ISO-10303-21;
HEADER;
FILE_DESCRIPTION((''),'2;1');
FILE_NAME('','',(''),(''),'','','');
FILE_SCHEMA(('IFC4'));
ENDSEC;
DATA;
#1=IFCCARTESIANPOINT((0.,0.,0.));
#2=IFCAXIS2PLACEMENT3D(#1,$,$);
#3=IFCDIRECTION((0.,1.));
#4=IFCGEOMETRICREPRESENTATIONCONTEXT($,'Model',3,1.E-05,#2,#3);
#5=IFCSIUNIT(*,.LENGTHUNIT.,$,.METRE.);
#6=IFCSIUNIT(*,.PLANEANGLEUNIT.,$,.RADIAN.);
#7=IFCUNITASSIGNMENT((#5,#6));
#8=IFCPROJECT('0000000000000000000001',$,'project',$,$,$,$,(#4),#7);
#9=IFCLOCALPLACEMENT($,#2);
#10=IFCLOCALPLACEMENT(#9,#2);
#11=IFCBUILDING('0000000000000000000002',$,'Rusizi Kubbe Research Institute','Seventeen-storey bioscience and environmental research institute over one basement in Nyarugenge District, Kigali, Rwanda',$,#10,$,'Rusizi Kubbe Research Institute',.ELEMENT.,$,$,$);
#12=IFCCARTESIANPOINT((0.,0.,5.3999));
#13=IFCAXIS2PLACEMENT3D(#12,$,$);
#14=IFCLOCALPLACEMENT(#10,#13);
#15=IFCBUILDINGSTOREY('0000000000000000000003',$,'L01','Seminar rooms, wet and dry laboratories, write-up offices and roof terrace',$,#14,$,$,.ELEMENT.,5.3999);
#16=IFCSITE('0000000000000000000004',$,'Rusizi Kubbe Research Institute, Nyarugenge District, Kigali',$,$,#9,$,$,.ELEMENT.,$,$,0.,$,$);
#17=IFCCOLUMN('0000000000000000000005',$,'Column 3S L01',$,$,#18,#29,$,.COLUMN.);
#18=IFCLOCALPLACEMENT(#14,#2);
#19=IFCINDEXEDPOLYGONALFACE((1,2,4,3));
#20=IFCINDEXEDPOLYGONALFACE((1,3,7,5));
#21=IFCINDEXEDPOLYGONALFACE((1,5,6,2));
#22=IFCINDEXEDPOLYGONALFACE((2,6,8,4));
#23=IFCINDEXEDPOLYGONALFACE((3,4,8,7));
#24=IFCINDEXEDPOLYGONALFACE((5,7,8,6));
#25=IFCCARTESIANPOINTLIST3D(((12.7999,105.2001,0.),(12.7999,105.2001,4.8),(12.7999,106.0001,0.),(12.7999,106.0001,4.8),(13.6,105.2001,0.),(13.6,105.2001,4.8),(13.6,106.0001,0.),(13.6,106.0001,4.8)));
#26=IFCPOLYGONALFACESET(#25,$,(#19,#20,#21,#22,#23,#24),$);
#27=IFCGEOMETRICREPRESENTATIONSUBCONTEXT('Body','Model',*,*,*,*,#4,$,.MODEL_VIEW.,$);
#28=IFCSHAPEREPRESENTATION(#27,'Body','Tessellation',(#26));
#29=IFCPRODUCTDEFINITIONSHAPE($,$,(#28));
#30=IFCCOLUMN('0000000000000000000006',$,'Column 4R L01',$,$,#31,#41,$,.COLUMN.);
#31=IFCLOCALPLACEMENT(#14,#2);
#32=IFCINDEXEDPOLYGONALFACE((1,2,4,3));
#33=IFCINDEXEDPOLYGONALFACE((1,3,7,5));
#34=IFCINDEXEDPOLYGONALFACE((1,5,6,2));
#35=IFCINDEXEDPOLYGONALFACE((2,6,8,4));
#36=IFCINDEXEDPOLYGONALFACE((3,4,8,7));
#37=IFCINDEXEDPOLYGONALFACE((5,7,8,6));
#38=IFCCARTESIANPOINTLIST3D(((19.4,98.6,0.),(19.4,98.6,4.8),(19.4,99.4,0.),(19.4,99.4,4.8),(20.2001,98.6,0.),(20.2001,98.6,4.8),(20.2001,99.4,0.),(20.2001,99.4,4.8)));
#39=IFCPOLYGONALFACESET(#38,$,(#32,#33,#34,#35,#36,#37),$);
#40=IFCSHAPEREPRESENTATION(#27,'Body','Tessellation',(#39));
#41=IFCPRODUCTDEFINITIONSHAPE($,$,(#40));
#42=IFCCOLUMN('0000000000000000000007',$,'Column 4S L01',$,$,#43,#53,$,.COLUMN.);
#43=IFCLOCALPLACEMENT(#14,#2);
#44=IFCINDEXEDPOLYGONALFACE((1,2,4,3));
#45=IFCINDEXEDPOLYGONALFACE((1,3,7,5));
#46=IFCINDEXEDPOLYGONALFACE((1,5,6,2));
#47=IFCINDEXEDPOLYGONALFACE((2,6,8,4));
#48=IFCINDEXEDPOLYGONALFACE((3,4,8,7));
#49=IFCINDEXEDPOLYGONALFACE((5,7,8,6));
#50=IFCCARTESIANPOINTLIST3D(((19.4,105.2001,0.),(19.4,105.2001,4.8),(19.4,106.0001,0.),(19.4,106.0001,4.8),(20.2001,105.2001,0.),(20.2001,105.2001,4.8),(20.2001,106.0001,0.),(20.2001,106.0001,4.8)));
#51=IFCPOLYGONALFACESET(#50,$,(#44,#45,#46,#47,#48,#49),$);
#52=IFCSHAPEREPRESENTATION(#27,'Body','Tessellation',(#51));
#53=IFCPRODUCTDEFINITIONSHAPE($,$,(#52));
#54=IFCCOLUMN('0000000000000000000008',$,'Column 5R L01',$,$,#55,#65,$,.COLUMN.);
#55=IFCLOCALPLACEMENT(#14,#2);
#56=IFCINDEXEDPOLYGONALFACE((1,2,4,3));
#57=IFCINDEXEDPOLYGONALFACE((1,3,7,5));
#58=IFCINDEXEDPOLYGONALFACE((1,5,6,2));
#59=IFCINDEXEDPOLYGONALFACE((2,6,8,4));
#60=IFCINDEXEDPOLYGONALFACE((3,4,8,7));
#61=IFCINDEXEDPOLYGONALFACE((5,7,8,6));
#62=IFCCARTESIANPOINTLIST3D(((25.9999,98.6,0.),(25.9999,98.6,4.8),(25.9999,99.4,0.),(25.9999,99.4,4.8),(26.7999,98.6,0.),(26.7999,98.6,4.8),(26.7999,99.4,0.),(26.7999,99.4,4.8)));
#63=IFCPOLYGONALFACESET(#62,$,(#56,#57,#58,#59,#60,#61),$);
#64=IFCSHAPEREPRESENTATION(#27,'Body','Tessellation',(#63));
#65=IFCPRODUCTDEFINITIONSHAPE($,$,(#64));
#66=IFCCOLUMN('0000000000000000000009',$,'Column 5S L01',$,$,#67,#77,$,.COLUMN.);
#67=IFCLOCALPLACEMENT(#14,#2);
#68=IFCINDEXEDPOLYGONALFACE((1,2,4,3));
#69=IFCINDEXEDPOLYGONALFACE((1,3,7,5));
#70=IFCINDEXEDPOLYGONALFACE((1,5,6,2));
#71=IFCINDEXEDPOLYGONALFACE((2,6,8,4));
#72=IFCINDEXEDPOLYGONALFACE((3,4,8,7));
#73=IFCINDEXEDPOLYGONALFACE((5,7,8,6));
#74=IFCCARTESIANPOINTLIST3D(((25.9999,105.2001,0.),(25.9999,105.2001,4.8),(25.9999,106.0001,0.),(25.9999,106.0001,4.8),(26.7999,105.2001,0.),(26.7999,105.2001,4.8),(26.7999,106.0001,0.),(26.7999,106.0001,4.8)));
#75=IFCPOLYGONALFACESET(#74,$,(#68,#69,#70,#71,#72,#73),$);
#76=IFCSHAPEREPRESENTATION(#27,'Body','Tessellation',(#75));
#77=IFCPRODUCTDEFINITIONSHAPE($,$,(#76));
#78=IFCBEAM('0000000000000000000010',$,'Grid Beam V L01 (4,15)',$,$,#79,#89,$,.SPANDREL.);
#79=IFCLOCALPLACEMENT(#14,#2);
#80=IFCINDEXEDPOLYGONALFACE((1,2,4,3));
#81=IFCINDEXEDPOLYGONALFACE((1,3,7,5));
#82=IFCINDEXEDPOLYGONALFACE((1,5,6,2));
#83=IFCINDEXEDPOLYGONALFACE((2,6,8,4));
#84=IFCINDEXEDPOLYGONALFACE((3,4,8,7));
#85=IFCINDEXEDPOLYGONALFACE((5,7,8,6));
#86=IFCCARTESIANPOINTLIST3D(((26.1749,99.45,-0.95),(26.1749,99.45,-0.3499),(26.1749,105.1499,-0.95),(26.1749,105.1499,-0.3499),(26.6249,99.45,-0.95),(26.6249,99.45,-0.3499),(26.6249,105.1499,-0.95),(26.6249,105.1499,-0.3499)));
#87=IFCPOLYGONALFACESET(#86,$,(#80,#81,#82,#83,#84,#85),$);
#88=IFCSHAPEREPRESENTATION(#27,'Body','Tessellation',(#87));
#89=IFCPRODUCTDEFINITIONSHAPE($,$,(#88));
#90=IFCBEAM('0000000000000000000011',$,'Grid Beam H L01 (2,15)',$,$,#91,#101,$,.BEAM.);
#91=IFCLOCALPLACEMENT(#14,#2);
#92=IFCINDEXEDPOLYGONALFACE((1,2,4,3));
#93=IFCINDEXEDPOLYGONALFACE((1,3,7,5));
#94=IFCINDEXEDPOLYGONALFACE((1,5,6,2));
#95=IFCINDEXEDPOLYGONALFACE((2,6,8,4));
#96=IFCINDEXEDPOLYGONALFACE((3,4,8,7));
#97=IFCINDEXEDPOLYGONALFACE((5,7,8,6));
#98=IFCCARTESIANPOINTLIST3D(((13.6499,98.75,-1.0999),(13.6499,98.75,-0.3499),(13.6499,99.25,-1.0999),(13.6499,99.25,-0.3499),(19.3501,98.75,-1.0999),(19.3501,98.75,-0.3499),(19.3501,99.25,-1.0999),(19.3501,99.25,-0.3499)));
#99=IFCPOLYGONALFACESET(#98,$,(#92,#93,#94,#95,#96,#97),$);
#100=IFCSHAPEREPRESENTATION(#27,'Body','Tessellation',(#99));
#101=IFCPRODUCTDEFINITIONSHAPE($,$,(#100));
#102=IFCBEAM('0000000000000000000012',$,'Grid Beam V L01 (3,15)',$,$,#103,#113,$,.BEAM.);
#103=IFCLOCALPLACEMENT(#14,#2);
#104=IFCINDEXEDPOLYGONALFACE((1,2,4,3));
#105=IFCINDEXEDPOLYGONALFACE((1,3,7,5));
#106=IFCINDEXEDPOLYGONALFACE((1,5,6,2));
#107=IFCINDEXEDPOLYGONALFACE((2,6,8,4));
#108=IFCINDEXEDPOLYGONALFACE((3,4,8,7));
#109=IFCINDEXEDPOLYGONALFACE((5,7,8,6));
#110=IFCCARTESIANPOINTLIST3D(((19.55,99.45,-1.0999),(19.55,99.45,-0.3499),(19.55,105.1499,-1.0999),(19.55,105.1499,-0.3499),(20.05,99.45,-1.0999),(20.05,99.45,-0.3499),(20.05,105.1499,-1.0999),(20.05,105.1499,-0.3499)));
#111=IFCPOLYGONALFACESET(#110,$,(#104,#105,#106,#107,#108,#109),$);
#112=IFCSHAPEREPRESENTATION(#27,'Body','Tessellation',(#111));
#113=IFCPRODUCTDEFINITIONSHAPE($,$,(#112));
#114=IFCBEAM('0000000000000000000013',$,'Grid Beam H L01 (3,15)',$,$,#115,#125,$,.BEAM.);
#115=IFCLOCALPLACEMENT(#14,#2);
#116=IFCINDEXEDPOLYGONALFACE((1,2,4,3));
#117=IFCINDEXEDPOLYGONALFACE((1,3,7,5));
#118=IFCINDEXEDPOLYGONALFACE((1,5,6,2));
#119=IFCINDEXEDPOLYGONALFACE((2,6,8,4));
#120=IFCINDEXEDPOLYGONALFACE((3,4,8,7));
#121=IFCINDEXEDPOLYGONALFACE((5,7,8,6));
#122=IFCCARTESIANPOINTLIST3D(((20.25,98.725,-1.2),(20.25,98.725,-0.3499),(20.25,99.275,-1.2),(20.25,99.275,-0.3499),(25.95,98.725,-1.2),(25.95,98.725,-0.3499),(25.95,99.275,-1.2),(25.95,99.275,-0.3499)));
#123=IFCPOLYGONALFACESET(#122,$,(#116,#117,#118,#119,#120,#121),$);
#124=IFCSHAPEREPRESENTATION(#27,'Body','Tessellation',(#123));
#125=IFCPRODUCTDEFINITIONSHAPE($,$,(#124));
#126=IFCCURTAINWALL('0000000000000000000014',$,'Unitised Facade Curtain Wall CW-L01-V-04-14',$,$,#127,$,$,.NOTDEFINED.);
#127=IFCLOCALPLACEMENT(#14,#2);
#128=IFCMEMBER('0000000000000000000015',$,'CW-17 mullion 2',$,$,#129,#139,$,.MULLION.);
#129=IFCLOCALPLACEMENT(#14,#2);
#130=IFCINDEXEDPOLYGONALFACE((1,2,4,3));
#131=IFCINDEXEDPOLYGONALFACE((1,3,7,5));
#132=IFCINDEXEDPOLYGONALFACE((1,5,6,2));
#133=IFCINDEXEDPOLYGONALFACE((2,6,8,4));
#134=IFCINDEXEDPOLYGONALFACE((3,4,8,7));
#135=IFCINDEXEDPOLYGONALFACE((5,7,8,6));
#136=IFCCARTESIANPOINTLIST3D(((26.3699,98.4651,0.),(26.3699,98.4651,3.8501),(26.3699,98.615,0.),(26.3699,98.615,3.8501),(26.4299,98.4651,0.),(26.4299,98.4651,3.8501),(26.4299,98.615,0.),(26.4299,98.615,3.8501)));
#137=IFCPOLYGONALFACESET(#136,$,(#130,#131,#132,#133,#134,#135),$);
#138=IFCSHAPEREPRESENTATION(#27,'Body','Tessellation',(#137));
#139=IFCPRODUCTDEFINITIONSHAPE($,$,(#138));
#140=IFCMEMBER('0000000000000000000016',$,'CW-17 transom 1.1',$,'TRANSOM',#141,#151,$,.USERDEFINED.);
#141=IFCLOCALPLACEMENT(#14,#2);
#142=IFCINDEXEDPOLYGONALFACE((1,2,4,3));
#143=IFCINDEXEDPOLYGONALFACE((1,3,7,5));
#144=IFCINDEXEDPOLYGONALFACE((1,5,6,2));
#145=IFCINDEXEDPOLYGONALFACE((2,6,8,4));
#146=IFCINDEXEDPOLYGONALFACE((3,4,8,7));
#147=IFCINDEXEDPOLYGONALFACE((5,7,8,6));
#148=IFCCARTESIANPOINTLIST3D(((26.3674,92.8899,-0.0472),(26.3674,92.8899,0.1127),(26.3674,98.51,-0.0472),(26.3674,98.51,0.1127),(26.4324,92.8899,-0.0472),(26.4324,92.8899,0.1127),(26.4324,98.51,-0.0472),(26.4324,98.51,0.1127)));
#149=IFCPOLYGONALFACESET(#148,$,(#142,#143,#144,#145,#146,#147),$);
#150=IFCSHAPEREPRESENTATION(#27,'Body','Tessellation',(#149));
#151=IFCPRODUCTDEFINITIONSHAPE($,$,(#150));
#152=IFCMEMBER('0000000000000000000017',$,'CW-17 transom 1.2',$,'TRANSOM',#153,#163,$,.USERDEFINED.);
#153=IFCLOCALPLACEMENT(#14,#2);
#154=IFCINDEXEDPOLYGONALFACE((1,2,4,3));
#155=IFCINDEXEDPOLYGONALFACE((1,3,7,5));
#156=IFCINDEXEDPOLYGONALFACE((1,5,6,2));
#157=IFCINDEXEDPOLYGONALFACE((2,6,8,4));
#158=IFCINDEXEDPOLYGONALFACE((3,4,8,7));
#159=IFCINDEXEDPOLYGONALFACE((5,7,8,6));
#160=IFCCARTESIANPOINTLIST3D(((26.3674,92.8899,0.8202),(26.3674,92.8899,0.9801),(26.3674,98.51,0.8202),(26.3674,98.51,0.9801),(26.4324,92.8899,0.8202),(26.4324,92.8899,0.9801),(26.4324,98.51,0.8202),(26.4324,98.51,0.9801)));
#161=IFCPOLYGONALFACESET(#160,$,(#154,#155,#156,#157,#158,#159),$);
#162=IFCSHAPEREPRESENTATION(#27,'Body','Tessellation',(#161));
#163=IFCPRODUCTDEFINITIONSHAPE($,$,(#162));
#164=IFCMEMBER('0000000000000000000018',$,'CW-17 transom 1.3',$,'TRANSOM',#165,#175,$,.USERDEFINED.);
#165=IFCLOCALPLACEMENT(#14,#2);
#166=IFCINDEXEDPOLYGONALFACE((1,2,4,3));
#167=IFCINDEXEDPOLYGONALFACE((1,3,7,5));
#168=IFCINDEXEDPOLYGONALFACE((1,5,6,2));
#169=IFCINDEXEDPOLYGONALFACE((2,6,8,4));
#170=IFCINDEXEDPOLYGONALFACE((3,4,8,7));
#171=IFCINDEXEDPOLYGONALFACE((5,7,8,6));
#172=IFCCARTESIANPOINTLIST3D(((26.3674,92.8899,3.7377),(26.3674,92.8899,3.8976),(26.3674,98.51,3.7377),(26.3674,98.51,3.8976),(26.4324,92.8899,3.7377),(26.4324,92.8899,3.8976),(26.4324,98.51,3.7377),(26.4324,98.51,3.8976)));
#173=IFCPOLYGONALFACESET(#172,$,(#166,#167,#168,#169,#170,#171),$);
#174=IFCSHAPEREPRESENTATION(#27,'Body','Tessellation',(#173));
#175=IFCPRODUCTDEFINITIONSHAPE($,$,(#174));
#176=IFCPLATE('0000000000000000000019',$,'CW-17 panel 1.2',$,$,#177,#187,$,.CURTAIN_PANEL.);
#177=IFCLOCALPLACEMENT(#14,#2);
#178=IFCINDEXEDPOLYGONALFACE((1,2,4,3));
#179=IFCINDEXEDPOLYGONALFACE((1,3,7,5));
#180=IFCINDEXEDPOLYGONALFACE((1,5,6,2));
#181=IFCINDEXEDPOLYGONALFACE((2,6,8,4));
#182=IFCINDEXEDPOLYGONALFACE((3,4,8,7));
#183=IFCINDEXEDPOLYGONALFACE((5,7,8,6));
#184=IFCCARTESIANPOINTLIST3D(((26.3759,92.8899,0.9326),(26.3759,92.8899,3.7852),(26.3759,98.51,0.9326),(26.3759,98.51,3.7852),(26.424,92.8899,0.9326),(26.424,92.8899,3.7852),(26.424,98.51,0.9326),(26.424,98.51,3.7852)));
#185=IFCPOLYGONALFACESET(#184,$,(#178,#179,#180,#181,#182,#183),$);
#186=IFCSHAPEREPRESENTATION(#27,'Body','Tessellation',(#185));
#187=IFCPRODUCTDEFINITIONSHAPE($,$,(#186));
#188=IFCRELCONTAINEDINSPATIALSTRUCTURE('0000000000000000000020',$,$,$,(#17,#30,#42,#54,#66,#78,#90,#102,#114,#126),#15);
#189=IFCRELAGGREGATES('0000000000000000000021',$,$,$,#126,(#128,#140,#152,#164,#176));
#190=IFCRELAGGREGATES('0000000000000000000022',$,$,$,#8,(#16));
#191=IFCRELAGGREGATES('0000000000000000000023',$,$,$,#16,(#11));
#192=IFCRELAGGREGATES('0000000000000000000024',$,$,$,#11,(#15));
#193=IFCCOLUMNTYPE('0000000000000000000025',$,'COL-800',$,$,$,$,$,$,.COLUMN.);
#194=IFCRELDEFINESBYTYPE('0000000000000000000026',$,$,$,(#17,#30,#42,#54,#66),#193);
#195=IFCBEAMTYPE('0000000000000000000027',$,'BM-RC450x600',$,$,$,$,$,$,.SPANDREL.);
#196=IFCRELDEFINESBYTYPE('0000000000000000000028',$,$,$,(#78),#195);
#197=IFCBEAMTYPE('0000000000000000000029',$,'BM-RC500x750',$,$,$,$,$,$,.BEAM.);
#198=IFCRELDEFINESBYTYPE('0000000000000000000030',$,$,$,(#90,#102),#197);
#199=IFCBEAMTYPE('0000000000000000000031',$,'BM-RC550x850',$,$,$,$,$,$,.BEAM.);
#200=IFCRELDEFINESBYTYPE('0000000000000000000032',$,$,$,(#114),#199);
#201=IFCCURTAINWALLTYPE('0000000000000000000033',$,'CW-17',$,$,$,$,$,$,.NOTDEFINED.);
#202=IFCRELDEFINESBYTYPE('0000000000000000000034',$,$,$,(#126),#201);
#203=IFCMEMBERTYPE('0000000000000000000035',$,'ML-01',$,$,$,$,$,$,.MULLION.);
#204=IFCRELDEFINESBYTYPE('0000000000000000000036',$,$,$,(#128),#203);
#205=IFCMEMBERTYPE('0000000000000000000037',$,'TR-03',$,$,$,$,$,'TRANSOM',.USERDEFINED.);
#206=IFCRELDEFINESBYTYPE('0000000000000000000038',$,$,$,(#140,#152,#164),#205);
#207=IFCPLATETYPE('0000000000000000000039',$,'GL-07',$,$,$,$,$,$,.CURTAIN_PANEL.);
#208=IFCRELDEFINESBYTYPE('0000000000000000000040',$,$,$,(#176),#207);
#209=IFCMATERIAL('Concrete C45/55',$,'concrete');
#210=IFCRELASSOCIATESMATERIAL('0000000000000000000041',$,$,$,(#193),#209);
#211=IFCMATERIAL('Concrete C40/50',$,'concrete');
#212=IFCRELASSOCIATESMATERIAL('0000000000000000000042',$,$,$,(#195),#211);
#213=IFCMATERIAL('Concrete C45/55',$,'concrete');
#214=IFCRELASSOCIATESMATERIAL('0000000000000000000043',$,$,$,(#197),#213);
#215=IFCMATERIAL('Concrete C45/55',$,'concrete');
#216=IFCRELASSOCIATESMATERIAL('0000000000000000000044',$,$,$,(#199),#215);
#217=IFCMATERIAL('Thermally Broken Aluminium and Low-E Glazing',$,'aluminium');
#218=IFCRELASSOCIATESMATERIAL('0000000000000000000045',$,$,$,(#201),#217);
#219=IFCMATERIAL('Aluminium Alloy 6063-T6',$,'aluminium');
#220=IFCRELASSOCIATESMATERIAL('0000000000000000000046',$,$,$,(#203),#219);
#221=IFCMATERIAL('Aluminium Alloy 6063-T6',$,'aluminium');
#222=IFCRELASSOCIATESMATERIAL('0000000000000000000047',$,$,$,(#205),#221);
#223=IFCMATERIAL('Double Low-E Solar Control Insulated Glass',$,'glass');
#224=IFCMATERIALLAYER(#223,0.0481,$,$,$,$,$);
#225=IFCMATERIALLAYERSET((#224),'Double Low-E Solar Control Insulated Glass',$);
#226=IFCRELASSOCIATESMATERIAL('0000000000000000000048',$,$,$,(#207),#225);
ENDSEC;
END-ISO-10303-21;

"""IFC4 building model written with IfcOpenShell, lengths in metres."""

from ifc_helpers import new_model, si_unit, direction, frame, origin, origin_2d, place, context, subcontext, project, spatial, rectangle, extrude, material, layer, layer_set, material_profile, profile_set, type_object, element, aggregate, save


model = new_model("IFC4")

# Units and contexts
model_context = context("Model", 3, precision=1e-05, world=origin(), true_north=direction((0.0, 1.0)))
body_context = subcontext(model_context, "Body", "Model", "MODEL_VIEW")
ifc_project = project(units=[si_unit("LENGTHUNIT", "METRE"), si_unit("PLANEANGLEUNIT", "RADIAN")], contexts=[model_context])

# Site, building, storey
site_placement = place(None, origin())
site = spatial("IfcSite", under=ifc_project, at=site_placement, Name="Rusizi Kubbe Research Institute, Nyarugenge District, Kigali", CompositionType="ELEMENT", RefElevation=0.0)
building_placement = place(site_placement, origin())
building = spatial("IfcBuilding", under=site, at=building_placement, Name="Rusizi Kubbe Research Institute", Description="Seventeen-storey bioscience and environmental research institute over one basement in Nyarugenge District, Kigali, Rwanda", LongName="Rusizi Kubbe Research Institute", CompositionType="ELEMENT")
storey_placement = place(building_placement, frame((0.0, 0.0, 5.3999)))
storey = spatial("IfcBuildingStorey", under=building, at=storey_placement, Name="L01", Description="Seminar rooms, wet and dry laboratories, write-up offices and roof terrace", CompositionType="ELEMENT", Elevation=5.3999)

# Columns
ifc_material_1 = material(Name="Concrete C45/55", Category="concrete")
ifc_material_profile_1 = material_profile(ifc_material_1, rectangle(XDim=0.8, YDim=0.8, at=origin_2d()), Name="RC800x800")
ifc_profile_set_1 = profile_set([ifc_material_profile_1], Name="Concrete C45/55")
column_type = type_object("IfcColumnType", Name="COL-800", PredefinedType="COLUMN", material=ifc_profile_set_1)
for number, where, z_axis, x_axis, name in (
    (1, (13.2, 105.6001, 0.0), (0.0, 0.0, 1.0), (1.0, 0.0, 0.0), "Column 3S L01"),
    (2, (19.8, 99.0, 0.0), (0.0, 0.0, 1.0), (1.0, 0.0, 0.0), "Column 4R L01"),
    (3, (19.8, 105.6001, 0.0), (0.0, 0.0, 1.0), (1.0, 0.0, 0.0), "Column 4S L01"),
    (4, (26.3999, 99.0, 0.0), (0.0, 0.0, 1.0), (1.0, 0.0, 0.0), "Column 5R L01"),
    (5, (26.3999, 105.6001, 0.0), (0.0, 0.0, 1.0), (1.0, 0.0, 0.0), "Column 5S L01"),
):
    element("IfcColumn", number, at=place(storey_placement, frame(where, z_axis=z_axis, x_axis=x_axis)), inside=storey, type_object=column_type, Name=name, PredefinedType="COLUMN", context=body_context, shape_type="SweptSolid", body=[
        extrude(rectangle(XDim=0.8, YDim=0.8, at=origin_2d()), origin(), (0.0, 0.0, 1.0), 4.8),
    ])

# Beams
ifc_material_2 = material(Name="Concrete C40/50", Category="concrete")
ifc_material_profile_2 = material_profile(ifc_material_2, rectangle(XDim=0.45, YDim=0.6001, at=origin_2d()), Name="RC450x600")
ifc_profile_set_2 = profile_set([ifc_material_profile_2], Name="Concrete C40/50")
beam_type_1 = type_object("IfcBeamType", Name="BM-RC450x600", PredefinedType="SPANDREL", material=ifc_profile_set_2)
beam_1_placement = place(storey_placement, frame((26.3999, 99.45, -0.6499), z_axis=(0.0, 1.0, 0.0), x_axis=(-1.0, 0.0, 0.0)))
element("IfcBeam", 6, at=beam_1_placement, inside=storey, type_object=beam_type_1, Name="Grid Beam V L01 (4,15)", PredefinedType="SPANDREL", context=body_context, shape_type="SweptSolid", body=[
    extrude(rectangle(XDim=0.45, YDim=0.6001, at=origin_2d()), origin(), (0.0, 0.0, 1.0), 5.7),
])
ifc_material_3 = material(Name="Concrete C45/55", Category="concrete")
ifc_material_profile_3 = material_profile(ifc_material_3, rectangle(XDim=0.5, YDim=0.75, at=origin_2d()), Name="RC500x750B")
ifc_profile_set_3 = profile_set([ifc_material_profile_3], Name="Concrete C45/55")
beam_type_2 = type_object("IfcBeamType", Name="BM-RC500x750", PredefinedType="BEAM", material=ifc_profile_set_3)
beam_2_placement = place(storey_placement, frame((13.6499, 99.0, -0.7249), z_axis=(1.0, 0.0, 0.0), x_axis=(0.0, 1.0, 0.0)))
element("IfcBeam", 7, at=beam_2_placement, inside=storey, type_object=beam_type_2, Name="Grid Beam H L01 (2,15)", PredefinedType="BEAM", context=body_context, shape_type="SweptSolid", body=[
    extrude(rectangle(XDim=0.5, YDim=0.75, at=origin_2d()), origin(), (0.0, 0.0, 1.0), 5.7002),
])
beam_3_placement = place(storey_placement, frame((19.8, 99.45, -0.7249), z_axis=(0.0, 1.0, 0.0), x_axis=(-1.0, 0.0, 0.0)))
element("IfcBeam", 8, at=beam_3_placement, inside=storey, type_object=beam_type_2, Name="Grid Beam V L01 (3,15)", PredefinedType="BEAM", context=body_context, shape_type="SweptSolid", body=[
    extrude(rectangle(XDim=0.5, YDim=0.75, at=origin_2d()), origin(), (0.0, 0.0, 1.0), 5.7),
])
ifc_material_4 = material(Name="Concrete C45/55", Category="concrete")
ifc_material_profile_4 = material_profile(ifc_material_4, rectangle(XDim=0.55, YDim=0.8501, at=origin_2d()), Name="RC550x850")
ifc_profile_set_4 = profile_set([ifc_material_profile_4], Name="Concrete C45/55")
beam_type_3 = type_object("IfcBeamType", Name="BM-RC550x850", PredefinedType="BEAM", material=ifc_profile_set_4)
beam_4_placement = place(storey_placement, frame((20.25, 99.0, -0.7749), z_axis=(1.0, 0.0, 0.0), x_axis=(0.0, 1.0, 0.0)))
element("IfcBeam", 9, at=beam_4_placement, inside=storey, type_object=beam_type_3, Name="Grid Beam H L01 (3,15)", PredefinedType="BEAM", context=body_context, shape_type="SweptSolid", body=[
    extrude(rectangle(XDim=0.55, YDim=0.8501, at=origin_2d()), origin(), (0.0, 0.0, 1.0), 5.7),
])

# Curtain wall, members, plate
ifc_material_5 = material(Name="Thermally Broken Aluminium and Low-E Glazing", Category="aluminium")
curtain_wall_type = type_object("IfcCurtainWallType", Name="CW-17", PredefinedType="NOTDEFINED", material=ifc_material_5)
curtain_wall_placement = place(storey_placement, origin())
curtain_wall = element("IfcCurtainWall", 10, at=curtain_wall_placement, inside=storey, type_object=curtain_wall_type, Name="Unitised Facade Curtain Wall CW-L01-V-04-14", PredefinedType="NOTDEFINED")
ifc_material_6 = material(Name="Aluminium Alloy 6063-T6", Category="aluminium")
ifc_material_profile_5 = material_profile(ifc_material_6, rectangle(XDim=0.0601, YDim=0.1499, at=origin_2d()), Name="ALU-M 60x150")
ifc_profile_set_5 = profile_set([ifc_material_profile_5], Name="Aluminium Alloy 6063-T6")
member_type_1 = type_object("IfcMemberType", Name="ML-01", PredefinedType="MULLION", material=ifc_profile_set_5)
member_1_placement = place(storey_placement, frame((26.3999, 98.54, 0.0), z_axis=(0.0, 0.0, 1.0), x_axis=(-1.0, 0.0, 0.0)))
member_1 = element("IfcMember", 11, at=member_1_placement, type_object=member_type_1, Name="CW-17 mullion 2", PredefinedType="MULLION", context=body_context, shape_type="SweptSolid", body=[
    extrude(rectangle(XDim=0.0601, YDim=0.1499, at=origin_2d()), origin(), (0.0, 0.0, 1.0), 3.8501),
])
ifc_material_7 = material(Name="Aluminium Alloy 6063-T6", Category="aluminium")
ifc_material_profile_6 = material_profile(ifc_material_7, rectangle(XDim=0.0649, YDim=0.1599, at=origin_2d()), Name="ALU-T 65x160")
ifc_profile_set_6 = profile_set([ifc_material_profile_6], Name="Aluminium Alloy 6063-T6")
member_type_2 = type_object("IfcMemberType", Name="TR-03", ElementType="TRANSOM", PredefinedType="USERDEFINED", material=ifc_profile_set_6)
member_2_placement = place(storey_placement, frame((26.3999, 92.8899, 0.0327), z_axis=(0.0, 1.0, 0.0), x_axis=(-1.0, 0.0, 0.0)))
member_2 = element("IfcMember", 12, at=member_2_placement, type_object=member_type_2, Name="CW-17 transom 1.1", ObjectType="TRANSOM", PredefinedType="USERDEFINED", context=body_context, shape_type="SweptSolid", body=[
    extrude(rectangle(XDim=0.0649, YDim=0.1599, at=origin_2d()), origin(), (0.0, 0.0, 1.0), 5.6201),
])
member_3_placement = place(storey_placement, frame((26.3999, 92.8899, 0.9001), z_axis=(0.0, 1.0, 0.0), x_axis=(-1.0, 0.0, 0.0)))
member_3 = element("IfcMember", 13, at=member_3_placement, type_object=member_type_2, Name="CW-17 transom 1.2", ObjectType="TRANSOM", PredefinedType="USERDEFINED", context=body_context, shape_type="SweptSolid", body=[
    extrude(rectangle(XDim=0.0649, YDim=0.1599, at=origin_2d()), origin(), (0.0, 0.0, 1.0), 5.6201),
])
member_4_placement = place(storey_placement, frame((26.3999, 92.8899, 3.8176), z_axis=(0.0, 1.0, 0.0), x_axis=(-1.0, 0.0, 0.0)))
member_4 = element("IfcMember", 14, at=member_4_placement, type_object=member_type_2, Name="CW-17 transom 1.3", ObjectType="TRANSOM", PredefinedType="USERDEFINED", context=body_context, shape_type="SweptSolid", body=[
    extrude(rectangle(XDim=0.0649, YDim=0.1599, at=origin_2d()), origin(), (0.0, 0.0, 1.0), 5.6201),
])
ifc_material_8 = material(Name="Double Low-E Solar Control Insulated Glass", Category="glass")
ifc_layer_1 = layer(ifc_material_8, 0.0481)
ifc_layer_set_1 = layer_set([ifc_layer_1], Name="Double Low-E Solar Control Insulated Glass")
plate_type_1 = type_object("IfcPlateType", Name="GL-07", PredefinedType="CURTAIN_PANEL", material=ifc_layer_set_1)
plate_1_placement = place(storey_placement, frame((26.3999, 95.7, 0.9326), z_axis=(0.0, 0.0, 1.0), x_axis=(0.0, 1.0, 0.0)))
plate_1 = element("IfcPlate", 15, at=plate_1_placement, type_object=plate_type_1, Name="CW-17 panel 1.2", PredefinedType="CURTAIN_PANEL", context=body_context, shape_type="SweptSolid", body=[
    extrude(rectangle(XDim=5.6201, YDim=0.0481, at=origin_2d()), origin(), (0.0, 0.0, 1.0), 2.8525),
])

aggregate(curtain_wall, [member_1, member_2, member_3, member_4, plate_1])

save(model, "model.ifc")
